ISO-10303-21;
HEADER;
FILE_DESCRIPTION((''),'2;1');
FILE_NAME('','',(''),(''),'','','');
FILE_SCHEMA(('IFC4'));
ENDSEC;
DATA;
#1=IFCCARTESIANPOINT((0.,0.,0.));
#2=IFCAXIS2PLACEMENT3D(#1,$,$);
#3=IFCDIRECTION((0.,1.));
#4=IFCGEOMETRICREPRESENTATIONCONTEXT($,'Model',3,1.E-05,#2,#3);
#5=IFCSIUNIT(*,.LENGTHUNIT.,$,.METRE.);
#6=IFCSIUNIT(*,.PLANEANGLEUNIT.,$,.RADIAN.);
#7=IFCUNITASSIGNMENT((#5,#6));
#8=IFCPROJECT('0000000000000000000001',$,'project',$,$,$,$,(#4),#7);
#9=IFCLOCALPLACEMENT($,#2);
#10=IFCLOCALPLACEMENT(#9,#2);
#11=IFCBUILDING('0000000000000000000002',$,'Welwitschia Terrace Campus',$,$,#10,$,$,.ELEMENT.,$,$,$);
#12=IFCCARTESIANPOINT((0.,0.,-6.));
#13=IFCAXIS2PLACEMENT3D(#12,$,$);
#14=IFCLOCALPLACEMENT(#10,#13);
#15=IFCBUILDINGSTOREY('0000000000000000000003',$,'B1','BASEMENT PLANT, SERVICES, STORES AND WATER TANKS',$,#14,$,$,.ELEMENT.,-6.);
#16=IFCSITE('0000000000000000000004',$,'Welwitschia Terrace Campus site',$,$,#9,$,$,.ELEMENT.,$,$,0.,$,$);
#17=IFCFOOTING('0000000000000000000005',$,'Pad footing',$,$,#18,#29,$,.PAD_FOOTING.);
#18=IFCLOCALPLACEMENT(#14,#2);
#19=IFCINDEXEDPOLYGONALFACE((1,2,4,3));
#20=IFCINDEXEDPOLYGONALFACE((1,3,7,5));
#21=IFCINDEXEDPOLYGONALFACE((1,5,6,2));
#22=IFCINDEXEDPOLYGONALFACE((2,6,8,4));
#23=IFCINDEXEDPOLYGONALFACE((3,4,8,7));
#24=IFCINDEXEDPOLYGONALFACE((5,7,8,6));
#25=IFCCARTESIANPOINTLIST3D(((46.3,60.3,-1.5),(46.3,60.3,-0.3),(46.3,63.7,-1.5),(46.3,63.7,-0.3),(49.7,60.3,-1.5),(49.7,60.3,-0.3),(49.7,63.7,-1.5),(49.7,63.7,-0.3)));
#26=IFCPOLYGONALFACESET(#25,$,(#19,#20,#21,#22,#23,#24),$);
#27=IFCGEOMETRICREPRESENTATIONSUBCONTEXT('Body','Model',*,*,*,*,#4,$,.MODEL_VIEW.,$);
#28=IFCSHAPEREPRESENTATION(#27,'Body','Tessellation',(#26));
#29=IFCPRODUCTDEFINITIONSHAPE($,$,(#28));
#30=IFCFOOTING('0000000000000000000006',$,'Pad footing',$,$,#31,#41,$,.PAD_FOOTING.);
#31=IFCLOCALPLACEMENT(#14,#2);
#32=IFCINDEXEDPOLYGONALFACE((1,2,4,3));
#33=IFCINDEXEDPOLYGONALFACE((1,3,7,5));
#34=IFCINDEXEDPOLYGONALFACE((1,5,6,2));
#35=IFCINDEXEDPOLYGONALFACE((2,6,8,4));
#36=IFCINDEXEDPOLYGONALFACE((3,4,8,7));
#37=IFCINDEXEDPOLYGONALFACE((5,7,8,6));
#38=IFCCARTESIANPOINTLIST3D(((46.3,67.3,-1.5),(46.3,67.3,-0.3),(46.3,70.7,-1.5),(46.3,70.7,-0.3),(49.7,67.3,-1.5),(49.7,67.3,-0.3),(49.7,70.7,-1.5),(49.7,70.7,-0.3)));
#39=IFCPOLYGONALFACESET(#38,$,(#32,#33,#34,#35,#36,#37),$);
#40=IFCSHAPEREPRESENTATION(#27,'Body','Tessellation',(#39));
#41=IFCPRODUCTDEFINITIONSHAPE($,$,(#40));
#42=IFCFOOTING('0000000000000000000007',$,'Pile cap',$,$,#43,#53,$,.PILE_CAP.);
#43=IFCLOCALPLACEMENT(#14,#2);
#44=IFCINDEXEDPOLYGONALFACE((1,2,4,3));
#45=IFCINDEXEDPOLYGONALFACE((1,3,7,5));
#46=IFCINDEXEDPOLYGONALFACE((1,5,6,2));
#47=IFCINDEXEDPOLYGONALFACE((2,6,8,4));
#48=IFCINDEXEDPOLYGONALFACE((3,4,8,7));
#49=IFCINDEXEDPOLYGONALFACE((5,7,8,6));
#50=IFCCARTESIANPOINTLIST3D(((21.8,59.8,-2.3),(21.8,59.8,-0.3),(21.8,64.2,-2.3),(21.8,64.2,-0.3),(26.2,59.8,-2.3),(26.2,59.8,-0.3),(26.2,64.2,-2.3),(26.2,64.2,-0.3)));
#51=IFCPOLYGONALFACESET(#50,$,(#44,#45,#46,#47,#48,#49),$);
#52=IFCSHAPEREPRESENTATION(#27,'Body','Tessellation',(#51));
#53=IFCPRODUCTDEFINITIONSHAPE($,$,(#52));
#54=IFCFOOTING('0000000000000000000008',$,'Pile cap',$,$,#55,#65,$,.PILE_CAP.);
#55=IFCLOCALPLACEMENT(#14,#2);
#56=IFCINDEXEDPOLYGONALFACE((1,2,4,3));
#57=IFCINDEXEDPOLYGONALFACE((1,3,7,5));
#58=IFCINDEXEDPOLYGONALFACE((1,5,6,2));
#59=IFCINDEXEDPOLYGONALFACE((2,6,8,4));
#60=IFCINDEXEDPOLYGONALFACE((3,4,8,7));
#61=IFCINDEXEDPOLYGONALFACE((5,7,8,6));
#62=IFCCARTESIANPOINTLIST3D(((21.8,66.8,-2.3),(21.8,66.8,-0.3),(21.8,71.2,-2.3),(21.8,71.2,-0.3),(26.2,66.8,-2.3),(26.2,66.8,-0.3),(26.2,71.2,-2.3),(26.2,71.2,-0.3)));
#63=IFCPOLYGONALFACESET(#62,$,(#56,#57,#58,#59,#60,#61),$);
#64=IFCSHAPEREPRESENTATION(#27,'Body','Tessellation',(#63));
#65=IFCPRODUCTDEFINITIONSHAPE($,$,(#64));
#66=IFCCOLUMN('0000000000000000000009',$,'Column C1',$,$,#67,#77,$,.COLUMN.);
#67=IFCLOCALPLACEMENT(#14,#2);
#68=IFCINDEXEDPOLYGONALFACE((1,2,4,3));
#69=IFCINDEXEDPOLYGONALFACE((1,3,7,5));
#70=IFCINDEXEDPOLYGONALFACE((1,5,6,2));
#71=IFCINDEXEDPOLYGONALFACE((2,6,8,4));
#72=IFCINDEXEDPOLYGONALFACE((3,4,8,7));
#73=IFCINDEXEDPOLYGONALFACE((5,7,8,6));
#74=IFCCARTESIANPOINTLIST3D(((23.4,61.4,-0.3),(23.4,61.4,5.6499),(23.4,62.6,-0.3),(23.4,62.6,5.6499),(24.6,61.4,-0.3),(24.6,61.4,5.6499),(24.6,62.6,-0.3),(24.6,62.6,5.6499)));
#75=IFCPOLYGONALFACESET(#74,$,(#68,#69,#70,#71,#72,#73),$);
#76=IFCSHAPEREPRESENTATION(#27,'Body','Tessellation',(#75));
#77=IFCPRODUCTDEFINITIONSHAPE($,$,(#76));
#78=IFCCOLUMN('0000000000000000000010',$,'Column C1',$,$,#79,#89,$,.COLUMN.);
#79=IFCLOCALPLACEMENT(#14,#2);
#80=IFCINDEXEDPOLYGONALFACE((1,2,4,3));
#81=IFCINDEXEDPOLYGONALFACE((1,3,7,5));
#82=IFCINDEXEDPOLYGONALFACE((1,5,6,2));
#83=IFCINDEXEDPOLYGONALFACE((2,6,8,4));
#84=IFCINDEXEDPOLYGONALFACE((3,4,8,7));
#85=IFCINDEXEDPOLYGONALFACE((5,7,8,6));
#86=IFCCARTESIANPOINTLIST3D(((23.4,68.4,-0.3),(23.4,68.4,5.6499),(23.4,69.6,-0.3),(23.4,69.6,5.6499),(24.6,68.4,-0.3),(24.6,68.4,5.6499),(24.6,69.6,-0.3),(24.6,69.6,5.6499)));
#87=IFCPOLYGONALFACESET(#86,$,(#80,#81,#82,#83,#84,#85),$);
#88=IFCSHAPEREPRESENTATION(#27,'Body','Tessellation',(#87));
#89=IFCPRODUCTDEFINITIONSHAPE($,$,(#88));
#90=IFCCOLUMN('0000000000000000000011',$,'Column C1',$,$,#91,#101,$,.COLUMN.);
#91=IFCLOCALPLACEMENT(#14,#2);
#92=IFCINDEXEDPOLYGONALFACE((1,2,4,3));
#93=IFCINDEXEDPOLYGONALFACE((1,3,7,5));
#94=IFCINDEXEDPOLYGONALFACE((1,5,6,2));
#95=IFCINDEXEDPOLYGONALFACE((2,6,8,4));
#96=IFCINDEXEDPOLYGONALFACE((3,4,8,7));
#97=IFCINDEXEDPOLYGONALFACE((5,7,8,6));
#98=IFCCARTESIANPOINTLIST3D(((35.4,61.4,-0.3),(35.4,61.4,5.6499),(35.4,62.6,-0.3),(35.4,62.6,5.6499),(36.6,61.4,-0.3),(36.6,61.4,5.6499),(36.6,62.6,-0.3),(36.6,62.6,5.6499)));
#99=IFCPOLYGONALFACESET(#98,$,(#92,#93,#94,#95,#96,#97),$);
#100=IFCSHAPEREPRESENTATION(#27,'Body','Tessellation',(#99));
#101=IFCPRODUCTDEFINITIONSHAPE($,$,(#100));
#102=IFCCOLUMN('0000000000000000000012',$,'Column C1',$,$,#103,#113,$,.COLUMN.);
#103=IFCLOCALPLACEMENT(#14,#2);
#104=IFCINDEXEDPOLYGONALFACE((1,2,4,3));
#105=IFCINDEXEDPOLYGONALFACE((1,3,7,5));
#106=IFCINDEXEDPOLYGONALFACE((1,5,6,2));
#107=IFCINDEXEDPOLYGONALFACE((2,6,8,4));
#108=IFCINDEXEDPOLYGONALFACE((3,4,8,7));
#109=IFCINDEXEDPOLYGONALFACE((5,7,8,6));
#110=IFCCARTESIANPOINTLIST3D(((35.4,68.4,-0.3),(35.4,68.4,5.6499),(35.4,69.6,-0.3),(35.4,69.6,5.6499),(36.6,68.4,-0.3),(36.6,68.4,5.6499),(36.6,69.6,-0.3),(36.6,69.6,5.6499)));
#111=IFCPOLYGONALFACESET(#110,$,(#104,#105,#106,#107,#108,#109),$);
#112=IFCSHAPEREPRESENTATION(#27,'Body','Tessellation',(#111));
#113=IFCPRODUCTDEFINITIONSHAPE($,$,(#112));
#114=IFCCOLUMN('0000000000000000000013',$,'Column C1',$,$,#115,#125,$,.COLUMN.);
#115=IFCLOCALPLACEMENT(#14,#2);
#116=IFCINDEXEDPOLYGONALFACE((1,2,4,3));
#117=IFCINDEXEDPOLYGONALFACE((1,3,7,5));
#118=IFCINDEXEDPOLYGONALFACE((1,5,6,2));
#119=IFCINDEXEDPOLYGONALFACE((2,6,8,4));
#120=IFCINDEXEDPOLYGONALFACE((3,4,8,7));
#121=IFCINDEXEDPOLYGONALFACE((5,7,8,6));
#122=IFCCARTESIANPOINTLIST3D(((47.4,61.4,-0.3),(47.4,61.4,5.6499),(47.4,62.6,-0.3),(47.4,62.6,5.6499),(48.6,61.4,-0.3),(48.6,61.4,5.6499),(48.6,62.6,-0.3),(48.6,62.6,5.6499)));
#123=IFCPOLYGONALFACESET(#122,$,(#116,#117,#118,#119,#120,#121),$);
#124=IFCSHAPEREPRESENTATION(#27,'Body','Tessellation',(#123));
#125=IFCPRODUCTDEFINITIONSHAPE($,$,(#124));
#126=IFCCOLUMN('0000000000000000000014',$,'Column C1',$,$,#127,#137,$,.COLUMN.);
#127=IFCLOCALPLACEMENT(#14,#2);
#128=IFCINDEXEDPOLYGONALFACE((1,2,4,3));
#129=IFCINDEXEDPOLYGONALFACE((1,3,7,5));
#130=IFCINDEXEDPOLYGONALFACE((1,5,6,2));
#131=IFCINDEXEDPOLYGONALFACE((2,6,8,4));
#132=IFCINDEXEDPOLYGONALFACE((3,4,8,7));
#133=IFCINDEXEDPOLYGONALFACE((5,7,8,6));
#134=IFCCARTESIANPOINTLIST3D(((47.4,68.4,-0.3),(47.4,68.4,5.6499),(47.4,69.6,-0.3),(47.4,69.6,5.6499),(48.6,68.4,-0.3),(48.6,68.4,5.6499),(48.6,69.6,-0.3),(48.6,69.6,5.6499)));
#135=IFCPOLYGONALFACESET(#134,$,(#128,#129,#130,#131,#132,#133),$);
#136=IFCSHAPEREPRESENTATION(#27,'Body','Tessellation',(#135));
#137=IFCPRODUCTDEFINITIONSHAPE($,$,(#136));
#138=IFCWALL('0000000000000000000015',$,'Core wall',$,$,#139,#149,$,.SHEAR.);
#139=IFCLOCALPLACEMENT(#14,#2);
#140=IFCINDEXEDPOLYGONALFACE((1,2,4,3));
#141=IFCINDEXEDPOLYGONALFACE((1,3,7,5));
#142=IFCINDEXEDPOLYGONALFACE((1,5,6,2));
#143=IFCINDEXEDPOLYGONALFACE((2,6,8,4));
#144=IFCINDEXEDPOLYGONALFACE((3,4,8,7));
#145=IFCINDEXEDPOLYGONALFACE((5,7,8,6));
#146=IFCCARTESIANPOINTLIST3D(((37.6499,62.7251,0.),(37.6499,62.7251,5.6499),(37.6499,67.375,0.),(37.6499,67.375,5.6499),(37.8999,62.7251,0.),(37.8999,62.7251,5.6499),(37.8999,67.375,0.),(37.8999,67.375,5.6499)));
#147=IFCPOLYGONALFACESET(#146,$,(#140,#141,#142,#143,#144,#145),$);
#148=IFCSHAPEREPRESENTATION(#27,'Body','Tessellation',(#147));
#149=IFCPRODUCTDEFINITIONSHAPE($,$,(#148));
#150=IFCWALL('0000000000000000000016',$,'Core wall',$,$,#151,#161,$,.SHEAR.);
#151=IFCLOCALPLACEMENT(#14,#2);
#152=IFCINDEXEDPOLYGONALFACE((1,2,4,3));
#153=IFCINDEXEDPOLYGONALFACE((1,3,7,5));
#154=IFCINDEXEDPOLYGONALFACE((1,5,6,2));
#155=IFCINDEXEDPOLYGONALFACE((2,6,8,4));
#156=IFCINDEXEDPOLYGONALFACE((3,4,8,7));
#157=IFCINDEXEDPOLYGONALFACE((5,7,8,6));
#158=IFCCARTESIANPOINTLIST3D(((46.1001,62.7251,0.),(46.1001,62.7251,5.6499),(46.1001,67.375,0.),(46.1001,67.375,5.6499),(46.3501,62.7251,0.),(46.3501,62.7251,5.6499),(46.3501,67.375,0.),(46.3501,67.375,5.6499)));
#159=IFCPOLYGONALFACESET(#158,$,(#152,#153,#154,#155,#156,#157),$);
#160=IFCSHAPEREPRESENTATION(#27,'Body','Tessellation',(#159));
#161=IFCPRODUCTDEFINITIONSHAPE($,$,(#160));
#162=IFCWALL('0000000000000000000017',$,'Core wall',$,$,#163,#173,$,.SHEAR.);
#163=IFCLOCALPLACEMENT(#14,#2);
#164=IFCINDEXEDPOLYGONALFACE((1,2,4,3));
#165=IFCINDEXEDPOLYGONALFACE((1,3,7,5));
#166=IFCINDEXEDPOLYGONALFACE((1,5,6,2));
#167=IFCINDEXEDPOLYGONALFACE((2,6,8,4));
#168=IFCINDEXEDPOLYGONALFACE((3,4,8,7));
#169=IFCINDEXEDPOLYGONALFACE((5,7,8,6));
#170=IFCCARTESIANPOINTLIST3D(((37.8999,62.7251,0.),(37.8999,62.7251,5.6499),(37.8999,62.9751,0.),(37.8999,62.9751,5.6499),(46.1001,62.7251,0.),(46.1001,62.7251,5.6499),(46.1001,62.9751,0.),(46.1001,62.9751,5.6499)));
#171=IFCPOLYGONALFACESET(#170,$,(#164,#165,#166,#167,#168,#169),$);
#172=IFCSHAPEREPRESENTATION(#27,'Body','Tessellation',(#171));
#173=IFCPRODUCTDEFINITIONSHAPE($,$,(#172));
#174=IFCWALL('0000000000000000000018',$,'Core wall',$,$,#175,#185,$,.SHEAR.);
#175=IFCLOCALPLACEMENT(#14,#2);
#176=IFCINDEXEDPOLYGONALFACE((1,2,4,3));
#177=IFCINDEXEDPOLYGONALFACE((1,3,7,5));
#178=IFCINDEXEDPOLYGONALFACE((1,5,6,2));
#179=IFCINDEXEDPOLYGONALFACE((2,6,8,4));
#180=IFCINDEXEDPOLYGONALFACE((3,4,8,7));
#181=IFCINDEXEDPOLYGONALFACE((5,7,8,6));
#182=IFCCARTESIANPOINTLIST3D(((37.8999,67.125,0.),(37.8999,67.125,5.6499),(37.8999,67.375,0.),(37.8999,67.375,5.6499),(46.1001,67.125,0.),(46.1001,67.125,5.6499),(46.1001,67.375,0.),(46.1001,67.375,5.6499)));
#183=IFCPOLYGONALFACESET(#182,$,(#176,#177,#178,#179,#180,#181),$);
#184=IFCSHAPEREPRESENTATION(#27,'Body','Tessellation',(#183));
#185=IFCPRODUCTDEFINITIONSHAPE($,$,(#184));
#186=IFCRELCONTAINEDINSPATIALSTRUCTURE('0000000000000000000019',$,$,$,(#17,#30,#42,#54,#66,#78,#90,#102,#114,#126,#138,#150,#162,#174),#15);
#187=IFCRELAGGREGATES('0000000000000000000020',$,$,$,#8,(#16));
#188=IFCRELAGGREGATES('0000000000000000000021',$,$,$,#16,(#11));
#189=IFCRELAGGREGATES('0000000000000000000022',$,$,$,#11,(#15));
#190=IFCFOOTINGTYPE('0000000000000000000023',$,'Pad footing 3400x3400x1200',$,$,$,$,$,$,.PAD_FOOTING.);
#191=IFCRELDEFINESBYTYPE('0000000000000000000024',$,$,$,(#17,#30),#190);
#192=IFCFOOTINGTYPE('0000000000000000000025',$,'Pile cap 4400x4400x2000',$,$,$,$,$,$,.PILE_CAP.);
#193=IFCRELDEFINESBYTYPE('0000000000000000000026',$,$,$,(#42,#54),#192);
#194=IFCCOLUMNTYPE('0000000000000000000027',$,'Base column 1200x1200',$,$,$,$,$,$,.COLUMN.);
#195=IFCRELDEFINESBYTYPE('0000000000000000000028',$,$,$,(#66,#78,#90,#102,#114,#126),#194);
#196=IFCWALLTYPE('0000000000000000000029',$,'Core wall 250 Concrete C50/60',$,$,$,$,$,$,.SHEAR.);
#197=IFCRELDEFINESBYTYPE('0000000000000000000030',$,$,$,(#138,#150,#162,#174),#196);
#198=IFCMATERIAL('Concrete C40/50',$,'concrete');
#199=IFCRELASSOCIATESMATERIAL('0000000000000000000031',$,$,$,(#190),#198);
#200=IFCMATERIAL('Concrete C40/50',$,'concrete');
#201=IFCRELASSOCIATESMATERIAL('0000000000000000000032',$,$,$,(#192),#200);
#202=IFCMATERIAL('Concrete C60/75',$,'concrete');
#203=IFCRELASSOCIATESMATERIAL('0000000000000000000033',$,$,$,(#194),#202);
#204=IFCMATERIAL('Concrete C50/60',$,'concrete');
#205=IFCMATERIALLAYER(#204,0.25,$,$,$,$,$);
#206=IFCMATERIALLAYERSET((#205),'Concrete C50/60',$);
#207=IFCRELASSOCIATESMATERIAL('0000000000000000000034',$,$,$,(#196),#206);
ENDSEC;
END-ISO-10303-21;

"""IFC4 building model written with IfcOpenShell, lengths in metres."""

from ifc_helpers import new_model, si_unit, direction, frame, frame_2d, origin, origin_2d, place, context, subcontext, project, spatial, rectangle, extrude, material, layer, layer_set, material_profile, profile_set, type_object, element, save


model = new_model("IFC4")

# Units and contexts
model_context = context("Model", 3, precision=1e-05, world=origin(), true_north=direction((0.0, 1.0)))
body_context = subcontext(model_context, "Body", "Model", "MODEL_VIEW")
ifc_project = project(units=[si_unit("LENGTHUNIT", "METRE"), si_unit("PLANEANGLEUNIT", "RADIAN")], contexts=[model_context])

# Site, building, storey
site_placement = place(None, origin())
site = spatial("IfcSite", under=ifc_project, at=site_placement, Name="Welwitschia Terrace Campus site", CompositionType="ELEMENT", RefElevation=0.0)
building_placement = place(site_placement, origin())
building = spatial("IfcBuilding", under=site, at=building_placement, Name="Welwitschia Terrace Campus", CompositionType="ELEMENT")
storey_placement = place(building_placement, frame((0.0, 0.0, -6.0)))
storey = spatial("IfcBuildingStorey", under=building, at=storey_placement, Name="B1", Description="BASEMENT PLANT, SERVICES, STORES AND WATER TANKS", CompositionType="ELEMENT", Elevation=-6.0)

# Footings
ifc_material_1 = material(Name="Concrete C40/50", Category="concrete")
footing_type_1 = type_object("IfcFootingType", Name="Pad footing 3400x3400x1200", PredefinedType="PAD_FOOTING", material=ifc_material_1)
for number, where, z_axis, x_axis, name in (
    (1, (48.0, 62.0, -1.5), (0.0, 0.0, 1.0), (1.0, 0.0, 0.0), "Pad footing"),
    (2, (48.0, 69.0, -1.5), (0.0, 0.0, 1.0), (1.0, 0.0, 0.0), "Pad footing"),
):
    element("IfcFooting", number, at=place(storey_placement, frame(where, z_axis=z_axis, x_axis=x_axis)), inside=storey, type_object=footing_type_1, Name=name, PredefinedType="PAD_FOOTING", context=body_context, shape_type="SweptSolid", body=[
        extrude(rectangle(XDim=3.3999, YDim=3.3999, at=origin_2d()), origin(), (0.0, 0.0, 1.0), 1.2),
    ])
ifc_material_2 = material(Name="Concrete C40/50", Category="concrete")
footing_type_2 = type_object("IfcFootingType", Name="Pile cap 4400x4400x2000", PredefinedType="PILE_CAP", material=ifc_material_2)
for number, where, z_axis, x_axis, name in (
    (3, (24.0, 62.0, -2.3), (0.0, 0.0, 1.0), (1.0, 0.0, 0.0), "Pile cap"),
    (4, (24.0, 69.0, -2.3), (0.0, 0.0, 1.0), (1.0, 0.0, 0.0), "Pile cap"),
):
    element("IfcFooting", number, at=place(storey_placement, frame(where, z_axis=z_axis, x_axis=x_axis)), inside=storey, type_object=footing_type_2, Name=name, PredefinedType="PILE_CAP", context=body_context, shape_type="SweptSolid", body=[
        extrude(rectangle(XDim=4.3999, YDim=4.3999, at=origin_2d()), origin(), (0.0, 0.0, 1.0), 2.0),
    ])

# Columns
ifc_material_3 = material(Name="Concrete C60/75", Category="concrete")
ifc_material_profile = material_profile(ifc_material_3, rectangle(XDim=1.2, YDim=1.2, at=origin_2d()))
ifc_profile_set = profile_set([ifc_material_profile], Name="Concrete C60/75")
column_type = type_object("IfcColumnType", Name="Base column 1200x1200", PredefinedType="COLUMN", material=ifc_profile_set)
for number, where, z_axis, x_axis, name in (
    (5, (24.0, 62.0, -0.3), (0.0, 0.0, 1.0), (1.0, 0.0, 0.0), "Column C1"),
    (6, (24.0, 69.0, -0.3), (0.0, 0.0, 1.0), (1.0, 0.0, 0.0), "Column C1"),
    (7, (36.0, 62.0, -0.3), (0.0, 0.0, 1.0), (1.0, 0.0, 0.0), "Column C1"),
    (8, (36.0, 69.0, -0.3), (0.0, 0.0, 1.0), (1.0, 0.0, 0.0), "Column C1"),
    (9, (48.0, 62.0, -0.3), (0.0, 0.0, 1.0), (1.0, 0.0, 0.0), "Column C1"),
    (10, (48.0, 69.0, -0.3), (0.0, 0.0, 1.0), (1.0, 0.0, 0.0), "Column C1"),
):
    element("IfcColumn", number, at=place(storey_placement, frame(where, z_axis=z_axis, x_axis=x_axis)), inside=storey, type_object=column_type, Name=name, PredefinedType="COLUMN", context=body_context, shape_type="SweptSolid", body=[
        extrude(rectangle(XDim=1.2, YDim=1.2, at=origin_2d()), origin(), (0.0, 0.0, 1.0), 5.95),
    ])

# Walls
ifc_material_4 = material(Name="Concrete C50/60", Category="concrete")
ifc_layer = layer(ifc_material_4, 0.25)
ifc_layer_set = layer_set([ifc_layer], Name="Concrete C50/60")
wall_type = type_object("IfcWallType", Name="Core wall 250 Concrete C50/60", PredefinedType="SHEAR", material=ifc_layer_set)
for number, where, z_axis, x_axis, name in (
    (11, (37.7749, 62.7251, 0.0), (0.0, 0.0, 1.0), (0.0, 1.0, 0.0), "Core wall"),
    (12, (46.2251, 62.7251, 0.0), (0.0, 0.0, 1.0), (0.0, 1.0, 0.0), "Core wall"),
):
    element("IfcWall", number, at=place(storey_placement, frame(where, z_axis=z_axis, x_axis=x_axis)), inside=storey, type_object=wall_type, Name=name, PredefinedType="SHEAR", context=body_context, shape_type="SweptSolid", body=[
        extrude(rectangle(XDim=4.6499, YDim=0.25, at=frame_2d((2.325, 0.0))), origin(), (0.0, 0.0, 1.0), 5.6499),
    ])
for number, where, z_axis, x_axis, name in (
    (13, (37.8999, 62.8501, 0.0), (0.0, 0.0, 1.0), (1.0, 0.0, 0.0), "Core wall"),
    (14, (37.8999, 67.25, 0.0), (0.0, 0.0, 1.0), (1.0, 0.0, 0.0), "Core wall"),
):
    element("IfcWall", number, at=place(storey_placement, frame(where, z_axis=z_axis, x_axis=x_axis)), inside=storey, type_object=wall_type, Name=name, PredefinedType="SHEAR", context=body_context, shape_type="SweptSolid", body=[
        extrude(rectangle(XDim=8.2002, YDim=0.25, at=frame_2d((4.1001, 0.0))), origin(), (0.0, 0.0, 1.0), 5.6499),
    ])

save(model, "model.ifc")
